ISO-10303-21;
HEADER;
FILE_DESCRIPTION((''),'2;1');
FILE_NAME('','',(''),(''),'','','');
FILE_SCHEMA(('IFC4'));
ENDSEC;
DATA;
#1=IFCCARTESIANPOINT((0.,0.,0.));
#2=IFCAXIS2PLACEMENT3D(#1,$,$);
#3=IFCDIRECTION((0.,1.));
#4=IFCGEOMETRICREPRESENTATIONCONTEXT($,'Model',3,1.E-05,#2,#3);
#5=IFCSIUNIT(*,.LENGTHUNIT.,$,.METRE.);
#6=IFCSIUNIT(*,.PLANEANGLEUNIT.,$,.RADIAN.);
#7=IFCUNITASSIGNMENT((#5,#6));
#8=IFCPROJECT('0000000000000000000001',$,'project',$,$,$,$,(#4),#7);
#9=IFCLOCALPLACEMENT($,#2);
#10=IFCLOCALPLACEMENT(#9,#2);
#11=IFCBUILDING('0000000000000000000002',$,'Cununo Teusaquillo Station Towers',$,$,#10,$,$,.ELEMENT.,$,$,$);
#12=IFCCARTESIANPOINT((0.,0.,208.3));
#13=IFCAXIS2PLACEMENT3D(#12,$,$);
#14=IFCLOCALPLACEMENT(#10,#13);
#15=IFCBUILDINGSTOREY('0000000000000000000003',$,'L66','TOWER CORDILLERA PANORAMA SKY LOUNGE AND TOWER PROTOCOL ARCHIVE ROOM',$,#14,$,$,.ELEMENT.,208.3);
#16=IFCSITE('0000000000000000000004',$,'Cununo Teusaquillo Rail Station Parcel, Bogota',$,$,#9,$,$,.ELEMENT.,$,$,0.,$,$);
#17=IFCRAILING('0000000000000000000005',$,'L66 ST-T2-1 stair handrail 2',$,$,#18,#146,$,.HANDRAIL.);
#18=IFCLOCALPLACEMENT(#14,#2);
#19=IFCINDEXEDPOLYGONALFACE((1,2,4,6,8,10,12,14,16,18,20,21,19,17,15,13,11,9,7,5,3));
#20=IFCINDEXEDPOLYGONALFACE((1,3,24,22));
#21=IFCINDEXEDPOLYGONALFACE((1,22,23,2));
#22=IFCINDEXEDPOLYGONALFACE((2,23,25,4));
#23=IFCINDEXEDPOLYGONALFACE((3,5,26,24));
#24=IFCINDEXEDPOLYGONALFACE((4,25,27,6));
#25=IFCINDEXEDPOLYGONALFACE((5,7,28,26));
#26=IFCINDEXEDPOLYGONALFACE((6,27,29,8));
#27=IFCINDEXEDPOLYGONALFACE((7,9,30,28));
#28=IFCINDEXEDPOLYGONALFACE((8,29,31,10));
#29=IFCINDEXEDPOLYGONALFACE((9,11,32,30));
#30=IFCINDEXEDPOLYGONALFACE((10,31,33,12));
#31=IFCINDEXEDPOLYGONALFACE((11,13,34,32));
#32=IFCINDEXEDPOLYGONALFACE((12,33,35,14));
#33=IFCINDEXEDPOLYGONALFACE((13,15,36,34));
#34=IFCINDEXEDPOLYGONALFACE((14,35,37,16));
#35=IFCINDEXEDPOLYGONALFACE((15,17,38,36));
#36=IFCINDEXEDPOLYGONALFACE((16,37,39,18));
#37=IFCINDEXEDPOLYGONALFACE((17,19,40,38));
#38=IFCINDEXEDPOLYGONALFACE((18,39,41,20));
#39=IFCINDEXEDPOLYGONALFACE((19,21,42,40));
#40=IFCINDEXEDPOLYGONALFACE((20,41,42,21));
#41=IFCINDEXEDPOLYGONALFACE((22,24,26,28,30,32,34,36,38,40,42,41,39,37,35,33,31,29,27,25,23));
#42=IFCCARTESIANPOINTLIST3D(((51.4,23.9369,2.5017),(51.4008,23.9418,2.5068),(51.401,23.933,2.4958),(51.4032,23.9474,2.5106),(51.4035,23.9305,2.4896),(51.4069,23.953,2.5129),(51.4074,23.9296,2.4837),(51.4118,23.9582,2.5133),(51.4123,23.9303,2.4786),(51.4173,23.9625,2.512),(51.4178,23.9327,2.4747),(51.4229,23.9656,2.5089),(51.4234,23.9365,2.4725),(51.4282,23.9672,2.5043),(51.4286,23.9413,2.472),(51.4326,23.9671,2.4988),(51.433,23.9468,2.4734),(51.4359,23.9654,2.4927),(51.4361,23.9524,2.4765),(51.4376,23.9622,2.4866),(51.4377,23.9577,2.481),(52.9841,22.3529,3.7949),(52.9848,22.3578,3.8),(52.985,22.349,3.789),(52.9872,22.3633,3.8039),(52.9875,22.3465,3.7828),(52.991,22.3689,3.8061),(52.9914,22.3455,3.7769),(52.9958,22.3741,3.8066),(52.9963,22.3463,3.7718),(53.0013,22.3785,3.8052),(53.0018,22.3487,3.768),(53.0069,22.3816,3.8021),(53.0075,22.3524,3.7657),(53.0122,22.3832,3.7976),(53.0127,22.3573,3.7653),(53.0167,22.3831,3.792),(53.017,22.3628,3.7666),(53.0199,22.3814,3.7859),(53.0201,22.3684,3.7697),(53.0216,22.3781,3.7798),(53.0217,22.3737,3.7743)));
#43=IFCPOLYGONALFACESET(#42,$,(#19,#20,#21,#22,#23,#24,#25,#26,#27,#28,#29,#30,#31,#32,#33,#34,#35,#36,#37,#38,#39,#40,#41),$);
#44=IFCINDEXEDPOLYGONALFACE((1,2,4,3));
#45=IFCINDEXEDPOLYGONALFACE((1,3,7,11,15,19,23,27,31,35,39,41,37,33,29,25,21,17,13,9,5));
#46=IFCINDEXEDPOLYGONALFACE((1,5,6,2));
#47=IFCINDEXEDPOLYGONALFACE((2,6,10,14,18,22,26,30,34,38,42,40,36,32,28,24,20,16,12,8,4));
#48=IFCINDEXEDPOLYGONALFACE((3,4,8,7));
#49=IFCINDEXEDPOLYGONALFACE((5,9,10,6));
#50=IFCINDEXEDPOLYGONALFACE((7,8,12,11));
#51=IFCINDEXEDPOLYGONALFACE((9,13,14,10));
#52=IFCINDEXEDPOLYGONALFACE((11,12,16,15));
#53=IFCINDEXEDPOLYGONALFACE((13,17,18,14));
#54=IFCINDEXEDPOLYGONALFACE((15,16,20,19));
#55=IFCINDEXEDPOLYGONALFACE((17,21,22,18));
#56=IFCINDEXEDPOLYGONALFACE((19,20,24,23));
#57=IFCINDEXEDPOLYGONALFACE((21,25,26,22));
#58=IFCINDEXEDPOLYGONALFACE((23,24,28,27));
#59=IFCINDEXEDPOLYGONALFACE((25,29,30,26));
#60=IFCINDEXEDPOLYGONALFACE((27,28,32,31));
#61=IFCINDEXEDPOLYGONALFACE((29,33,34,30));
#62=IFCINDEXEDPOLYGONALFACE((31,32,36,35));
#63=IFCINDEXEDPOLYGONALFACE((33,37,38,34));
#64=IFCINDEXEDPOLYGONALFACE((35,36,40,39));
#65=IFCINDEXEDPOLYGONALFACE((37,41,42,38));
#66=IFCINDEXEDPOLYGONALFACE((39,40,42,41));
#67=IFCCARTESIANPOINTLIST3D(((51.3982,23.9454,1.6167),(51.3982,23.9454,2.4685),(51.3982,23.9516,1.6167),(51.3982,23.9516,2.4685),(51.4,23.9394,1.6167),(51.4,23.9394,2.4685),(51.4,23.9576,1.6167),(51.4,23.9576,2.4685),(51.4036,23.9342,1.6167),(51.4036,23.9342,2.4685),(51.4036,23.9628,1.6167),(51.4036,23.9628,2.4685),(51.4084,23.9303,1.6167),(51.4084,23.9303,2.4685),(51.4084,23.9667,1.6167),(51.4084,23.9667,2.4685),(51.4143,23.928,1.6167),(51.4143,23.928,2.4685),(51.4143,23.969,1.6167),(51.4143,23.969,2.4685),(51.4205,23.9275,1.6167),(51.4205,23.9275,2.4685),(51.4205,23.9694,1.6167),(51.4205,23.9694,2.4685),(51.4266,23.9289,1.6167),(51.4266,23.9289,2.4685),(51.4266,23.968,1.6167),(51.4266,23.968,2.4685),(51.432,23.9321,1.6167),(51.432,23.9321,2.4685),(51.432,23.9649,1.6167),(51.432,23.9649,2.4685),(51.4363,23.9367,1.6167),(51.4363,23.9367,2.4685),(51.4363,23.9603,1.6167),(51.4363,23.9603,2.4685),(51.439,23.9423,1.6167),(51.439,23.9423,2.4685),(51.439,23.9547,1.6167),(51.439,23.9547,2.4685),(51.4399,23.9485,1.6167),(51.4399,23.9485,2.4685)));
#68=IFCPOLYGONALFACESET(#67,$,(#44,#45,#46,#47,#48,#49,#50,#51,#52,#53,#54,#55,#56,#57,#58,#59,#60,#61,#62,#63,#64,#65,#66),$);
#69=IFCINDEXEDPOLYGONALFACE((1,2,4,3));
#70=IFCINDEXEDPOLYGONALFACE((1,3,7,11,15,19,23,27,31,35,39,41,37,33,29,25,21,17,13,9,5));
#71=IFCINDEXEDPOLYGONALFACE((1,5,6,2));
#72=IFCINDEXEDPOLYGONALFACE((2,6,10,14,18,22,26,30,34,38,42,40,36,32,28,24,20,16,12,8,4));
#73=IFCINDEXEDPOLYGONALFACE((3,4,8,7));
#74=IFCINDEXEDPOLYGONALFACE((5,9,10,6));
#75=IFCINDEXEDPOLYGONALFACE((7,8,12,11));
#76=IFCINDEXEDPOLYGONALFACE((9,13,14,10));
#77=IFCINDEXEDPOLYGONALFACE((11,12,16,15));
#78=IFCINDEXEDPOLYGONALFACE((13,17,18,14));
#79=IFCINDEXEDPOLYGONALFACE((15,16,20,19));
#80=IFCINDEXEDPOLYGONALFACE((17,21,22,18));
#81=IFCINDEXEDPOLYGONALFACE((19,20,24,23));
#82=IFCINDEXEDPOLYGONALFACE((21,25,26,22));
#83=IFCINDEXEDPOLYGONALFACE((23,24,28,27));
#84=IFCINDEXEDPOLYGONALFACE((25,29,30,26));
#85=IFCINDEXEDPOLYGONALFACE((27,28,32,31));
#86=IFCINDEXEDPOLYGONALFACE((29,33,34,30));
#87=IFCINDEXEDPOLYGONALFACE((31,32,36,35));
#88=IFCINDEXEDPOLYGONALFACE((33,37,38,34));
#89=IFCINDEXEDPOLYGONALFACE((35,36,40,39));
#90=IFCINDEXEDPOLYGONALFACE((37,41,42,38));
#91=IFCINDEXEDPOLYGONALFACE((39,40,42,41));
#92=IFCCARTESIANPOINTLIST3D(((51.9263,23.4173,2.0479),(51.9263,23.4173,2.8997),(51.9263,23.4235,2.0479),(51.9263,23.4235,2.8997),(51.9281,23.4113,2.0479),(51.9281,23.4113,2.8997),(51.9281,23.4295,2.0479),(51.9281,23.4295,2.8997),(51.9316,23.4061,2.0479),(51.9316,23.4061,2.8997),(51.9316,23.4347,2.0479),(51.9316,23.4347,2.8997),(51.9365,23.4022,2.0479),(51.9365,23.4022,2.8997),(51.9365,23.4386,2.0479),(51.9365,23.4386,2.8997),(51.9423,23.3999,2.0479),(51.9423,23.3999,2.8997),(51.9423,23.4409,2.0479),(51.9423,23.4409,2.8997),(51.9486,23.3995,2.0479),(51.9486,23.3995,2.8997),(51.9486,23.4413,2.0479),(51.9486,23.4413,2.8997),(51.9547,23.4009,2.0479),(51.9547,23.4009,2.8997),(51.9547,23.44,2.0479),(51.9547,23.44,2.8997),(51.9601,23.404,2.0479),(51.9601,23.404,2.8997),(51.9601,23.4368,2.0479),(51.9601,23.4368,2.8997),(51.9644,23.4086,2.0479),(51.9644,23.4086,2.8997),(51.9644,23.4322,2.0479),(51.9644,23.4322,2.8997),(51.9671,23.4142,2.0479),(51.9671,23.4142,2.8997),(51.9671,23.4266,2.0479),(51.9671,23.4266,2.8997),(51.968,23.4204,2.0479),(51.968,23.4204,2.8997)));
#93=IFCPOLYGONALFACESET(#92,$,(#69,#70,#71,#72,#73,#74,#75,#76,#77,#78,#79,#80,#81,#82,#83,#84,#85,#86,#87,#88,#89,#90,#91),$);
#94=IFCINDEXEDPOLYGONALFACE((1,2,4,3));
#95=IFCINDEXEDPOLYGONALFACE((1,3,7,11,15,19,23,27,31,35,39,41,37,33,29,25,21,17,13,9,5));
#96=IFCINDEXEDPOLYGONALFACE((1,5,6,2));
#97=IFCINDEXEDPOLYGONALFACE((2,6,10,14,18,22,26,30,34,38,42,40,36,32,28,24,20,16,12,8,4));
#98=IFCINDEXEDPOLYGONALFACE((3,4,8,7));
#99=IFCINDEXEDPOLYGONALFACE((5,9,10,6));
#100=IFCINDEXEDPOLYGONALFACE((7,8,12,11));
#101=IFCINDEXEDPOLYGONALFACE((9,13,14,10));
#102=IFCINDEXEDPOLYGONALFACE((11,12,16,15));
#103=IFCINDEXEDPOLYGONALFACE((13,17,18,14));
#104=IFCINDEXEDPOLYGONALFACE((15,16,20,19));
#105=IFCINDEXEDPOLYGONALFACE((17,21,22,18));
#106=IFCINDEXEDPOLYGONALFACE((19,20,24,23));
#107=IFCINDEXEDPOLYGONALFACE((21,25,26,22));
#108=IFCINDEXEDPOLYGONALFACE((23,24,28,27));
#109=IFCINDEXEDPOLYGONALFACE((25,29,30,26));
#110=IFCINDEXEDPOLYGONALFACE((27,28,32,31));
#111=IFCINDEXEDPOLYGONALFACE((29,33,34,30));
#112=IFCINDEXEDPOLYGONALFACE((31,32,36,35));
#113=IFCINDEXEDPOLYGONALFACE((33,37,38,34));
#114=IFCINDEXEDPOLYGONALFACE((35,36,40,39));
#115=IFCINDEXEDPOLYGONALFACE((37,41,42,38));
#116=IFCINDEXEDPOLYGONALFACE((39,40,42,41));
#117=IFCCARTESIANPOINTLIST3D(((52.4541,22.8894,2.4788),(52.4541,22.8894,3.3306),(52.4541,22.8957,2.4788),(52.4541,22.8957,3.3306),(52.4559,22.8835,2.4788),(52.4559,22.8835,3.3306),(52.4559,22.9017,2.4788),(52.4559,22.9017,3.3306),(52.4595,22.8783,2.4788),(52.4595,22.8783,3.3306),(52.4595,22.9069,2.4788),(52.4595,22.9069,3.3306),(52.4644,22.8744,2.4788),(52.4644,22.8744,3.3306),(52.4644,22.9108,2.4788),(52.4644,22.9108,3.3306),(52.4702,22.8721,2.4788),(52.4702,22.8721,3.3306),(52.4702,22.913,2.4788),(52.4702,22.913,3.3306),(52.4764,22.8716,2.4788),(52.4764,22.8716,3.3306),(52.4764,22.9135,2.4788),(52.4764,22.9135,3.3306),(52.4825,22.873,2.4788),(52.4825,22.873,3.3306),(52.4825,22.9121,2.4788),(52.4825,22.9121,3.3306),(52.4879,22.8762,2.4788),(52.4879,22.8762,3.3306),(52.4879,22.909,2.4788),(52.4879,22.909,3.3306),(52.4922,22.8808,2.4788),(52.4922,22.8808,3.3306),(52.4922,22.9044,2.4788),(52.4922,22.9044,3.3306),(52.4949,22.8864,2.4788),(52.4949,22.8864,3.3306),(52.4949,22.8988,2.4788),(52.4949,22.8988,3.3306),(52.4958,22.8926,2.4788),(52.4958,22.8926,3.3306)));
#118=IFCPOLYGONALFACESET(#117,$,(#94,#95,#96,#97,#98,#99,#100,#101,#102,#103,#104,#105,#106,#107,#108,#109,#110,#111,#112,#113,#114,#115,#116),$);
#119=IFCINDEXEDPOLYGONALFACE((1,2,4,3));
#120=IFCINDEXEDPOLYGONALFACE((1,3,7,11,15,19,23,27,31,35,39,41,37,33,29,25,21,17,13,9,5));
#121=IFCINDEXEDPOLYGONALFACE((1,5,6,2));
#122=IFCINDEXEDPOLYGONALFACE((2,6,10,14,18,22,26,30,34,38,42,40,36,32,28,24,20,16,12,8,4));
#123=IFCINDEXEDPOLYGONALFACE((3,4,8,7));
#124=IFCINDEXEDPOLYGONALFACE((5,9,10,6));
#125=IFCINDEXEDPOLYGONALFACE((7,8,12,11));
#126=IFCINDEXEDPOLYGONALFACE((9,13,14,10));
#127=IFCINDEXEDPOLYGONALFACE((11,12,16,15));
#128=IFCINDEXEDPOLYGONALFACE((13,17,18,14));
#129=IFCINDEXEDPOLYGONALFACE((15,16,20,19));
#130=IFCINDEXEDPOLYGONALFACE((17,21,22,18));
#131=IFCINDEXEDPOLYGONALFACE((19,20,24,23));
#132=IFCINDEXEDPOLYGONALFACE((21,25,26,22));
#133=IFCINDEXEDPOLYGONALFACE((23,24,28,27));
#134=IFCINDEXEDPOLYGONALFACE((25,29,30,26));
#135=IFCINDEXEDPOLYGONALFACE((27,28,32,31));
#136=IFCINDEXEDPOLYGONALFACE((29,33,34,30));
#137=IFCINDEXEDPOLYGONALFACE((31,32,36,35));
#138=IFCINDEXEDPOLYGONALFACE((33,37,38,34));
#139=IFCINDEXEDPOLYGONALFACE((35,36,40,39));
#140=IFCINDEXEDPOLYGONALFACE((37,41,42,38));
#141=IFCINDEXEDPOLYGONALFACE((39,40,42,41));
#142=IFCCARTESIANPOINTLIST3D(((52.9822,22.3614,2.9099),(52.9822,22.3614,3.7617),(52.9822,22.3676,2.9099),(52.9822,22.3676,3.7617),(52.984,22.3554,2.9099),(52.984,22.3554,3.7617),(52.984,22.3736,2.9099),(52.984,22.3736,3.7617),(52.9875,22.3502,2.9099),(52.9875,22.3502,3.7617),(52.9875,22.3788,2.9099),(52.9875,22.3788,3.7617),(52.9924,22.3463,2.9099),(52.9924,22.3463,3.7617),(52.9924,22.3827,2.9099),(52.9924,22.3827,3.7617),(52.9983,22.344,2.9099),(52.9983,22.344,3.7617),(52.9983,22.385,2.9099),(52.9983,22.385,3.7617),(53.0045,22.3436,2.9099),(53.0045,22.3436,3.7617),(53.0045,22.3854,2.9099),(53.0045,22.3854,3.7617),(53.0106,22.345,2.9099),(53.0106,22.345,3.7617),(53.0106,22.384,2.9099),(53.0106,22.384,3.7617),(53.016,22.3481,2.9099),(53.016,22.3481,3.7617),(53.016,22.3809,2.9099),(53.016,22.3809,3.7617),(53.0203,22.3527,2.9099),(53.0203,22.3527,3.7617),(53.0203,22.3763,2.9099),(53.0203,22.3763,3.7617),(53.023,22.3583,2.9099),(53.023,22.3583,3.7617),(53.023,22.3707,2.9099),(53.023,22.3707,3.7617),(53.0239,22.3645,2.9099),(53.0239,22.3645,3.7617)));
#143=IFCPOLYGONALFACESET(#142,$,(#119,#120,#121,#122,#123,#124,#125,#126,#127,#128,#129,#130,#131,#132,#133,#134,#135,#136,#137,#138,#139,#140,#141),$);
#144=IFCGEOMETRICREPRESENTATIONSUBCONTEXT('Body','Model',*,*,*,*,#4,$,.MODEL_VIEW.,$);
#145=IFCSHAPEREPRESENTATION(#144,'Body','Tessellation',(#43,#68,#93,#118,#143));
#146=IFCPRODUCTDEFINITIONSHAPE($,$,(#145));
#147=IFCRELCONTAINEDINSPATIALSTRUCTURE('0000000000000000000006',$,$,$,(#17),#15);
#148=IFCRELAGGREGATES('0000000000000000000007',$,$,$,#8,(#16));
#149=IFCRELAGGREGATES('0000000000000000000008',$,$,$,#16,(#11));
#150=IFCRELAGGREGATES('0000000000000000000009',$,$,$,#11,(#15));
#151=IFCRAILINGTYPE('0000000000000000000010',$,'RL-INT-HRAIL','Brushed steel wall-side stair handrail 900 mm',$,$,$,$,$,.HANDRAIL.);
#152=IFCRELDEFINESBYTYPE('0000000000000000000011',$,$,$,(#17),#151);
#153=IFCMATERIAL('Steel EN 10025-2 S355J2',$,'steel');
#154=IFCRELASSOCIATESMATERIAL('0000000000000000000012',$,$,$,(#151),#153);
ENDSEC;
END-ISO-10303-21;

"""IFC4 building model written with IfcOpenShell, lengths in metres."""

from ifc_helpers import new_model, si_unit, direction, frame, origin, origin_2d, place, context, subcontext, project, spatial, circle, extrude, material, type_object, element, save


model = new_model("IFC4")

# Units and contexts
model_context = context("Model", 3, precision=1e-05, world=origin(), true_north=direction((0.0, 1.0)))
body_context = subcontext(model_context, "Body", "Model", "MODEL_VIEW")
ifc_project = project(units=[si_unit("LENGTHUNIT", "METRE"), si_unit("PLANEANGLEUNIT", "RADIAN")], contexts=[model_context])

# Site, building, storey
site_placement = place(None, origin())
site = spatial("IfcSite", under=ifc_project, at=site_placement, Name="Cununo Teusaquillo Rail Station Parcel, Bogota", CompositionType="ELEMENT", RefElevation=0.0)
building_placement = place(site_placement, origin())
building = spatial("IfcBuilding", under=site, at=building_placement, Name="Cununo Teusaquillo Station Towers", CompositionType="ELEMENT")
storey_placement = place(building_placement, frame((0.0, 0.0, 208.3)))
storey = spatial("IfcBuildingStorey", under=building, at=storey_placement, Name="L66", Description="TOWER CORDILLERA PANORAMA SKY LOUNGE AND TOWER PROTOCOL ARCHIVE ROOM", CompositionType="ELEMENT", Elevation=208.3)

# Railing
ifc_material_1 = material(Name="Steel EN 10025-2 S355J2", Category="steel")
railing_type = type_object("IfcRailingType", Name="RL-INT-HRAIL", Description="Brushed steel wall-side stair handrail 900 mm", PredefinedType="HANDRAIL", material=ifc_material_1)
railing_placement = place(storey_placement, frame((51.4189, 23.9485, 1.6167)))
element("IfcRailing", 1, at=railing_placement, inside=storey, type_object=railing_type, Name="L66 ST-T2-1 stair handrail 2", PredefinedType="HANDRAIL", context=body_context, shape_type="SweptSolid", body=[
    extrude(circle(Radius=0.0239, at=origin_2d()), frame((0.0, 0.0, 0.876), z_axis=(0.612385, -0.612385, 0.49997), x_axis=(0.707107, 0.707107, 0.0)), (0.0, 0.0, 1.0), 2.5867),
    extrude(circle(Radius=0.021, at=origin_2d()), origin(), (0.0, 0.0, 1.0), 0.8518),
    extrude(circle(Radius=0.021, at=origin_2d()), frame((0.5281, -0.5281, 0.4312)), (0.0, 0.0, 1.0), 0.8518),
    extrude(circle(Radius=0.021, at=origin_2d()), frame((1.0559, -1.0559, 0.8621)), (0.0, 0.0, 1.0), 0.8518),
    extrude(circle(Radius=0.021, at=origin_2d()), frame((1.584, -1.584, 1.2932)), (0.0, 0.0, 1.0), 0.8518),
])

save(model, "model.ifc")
